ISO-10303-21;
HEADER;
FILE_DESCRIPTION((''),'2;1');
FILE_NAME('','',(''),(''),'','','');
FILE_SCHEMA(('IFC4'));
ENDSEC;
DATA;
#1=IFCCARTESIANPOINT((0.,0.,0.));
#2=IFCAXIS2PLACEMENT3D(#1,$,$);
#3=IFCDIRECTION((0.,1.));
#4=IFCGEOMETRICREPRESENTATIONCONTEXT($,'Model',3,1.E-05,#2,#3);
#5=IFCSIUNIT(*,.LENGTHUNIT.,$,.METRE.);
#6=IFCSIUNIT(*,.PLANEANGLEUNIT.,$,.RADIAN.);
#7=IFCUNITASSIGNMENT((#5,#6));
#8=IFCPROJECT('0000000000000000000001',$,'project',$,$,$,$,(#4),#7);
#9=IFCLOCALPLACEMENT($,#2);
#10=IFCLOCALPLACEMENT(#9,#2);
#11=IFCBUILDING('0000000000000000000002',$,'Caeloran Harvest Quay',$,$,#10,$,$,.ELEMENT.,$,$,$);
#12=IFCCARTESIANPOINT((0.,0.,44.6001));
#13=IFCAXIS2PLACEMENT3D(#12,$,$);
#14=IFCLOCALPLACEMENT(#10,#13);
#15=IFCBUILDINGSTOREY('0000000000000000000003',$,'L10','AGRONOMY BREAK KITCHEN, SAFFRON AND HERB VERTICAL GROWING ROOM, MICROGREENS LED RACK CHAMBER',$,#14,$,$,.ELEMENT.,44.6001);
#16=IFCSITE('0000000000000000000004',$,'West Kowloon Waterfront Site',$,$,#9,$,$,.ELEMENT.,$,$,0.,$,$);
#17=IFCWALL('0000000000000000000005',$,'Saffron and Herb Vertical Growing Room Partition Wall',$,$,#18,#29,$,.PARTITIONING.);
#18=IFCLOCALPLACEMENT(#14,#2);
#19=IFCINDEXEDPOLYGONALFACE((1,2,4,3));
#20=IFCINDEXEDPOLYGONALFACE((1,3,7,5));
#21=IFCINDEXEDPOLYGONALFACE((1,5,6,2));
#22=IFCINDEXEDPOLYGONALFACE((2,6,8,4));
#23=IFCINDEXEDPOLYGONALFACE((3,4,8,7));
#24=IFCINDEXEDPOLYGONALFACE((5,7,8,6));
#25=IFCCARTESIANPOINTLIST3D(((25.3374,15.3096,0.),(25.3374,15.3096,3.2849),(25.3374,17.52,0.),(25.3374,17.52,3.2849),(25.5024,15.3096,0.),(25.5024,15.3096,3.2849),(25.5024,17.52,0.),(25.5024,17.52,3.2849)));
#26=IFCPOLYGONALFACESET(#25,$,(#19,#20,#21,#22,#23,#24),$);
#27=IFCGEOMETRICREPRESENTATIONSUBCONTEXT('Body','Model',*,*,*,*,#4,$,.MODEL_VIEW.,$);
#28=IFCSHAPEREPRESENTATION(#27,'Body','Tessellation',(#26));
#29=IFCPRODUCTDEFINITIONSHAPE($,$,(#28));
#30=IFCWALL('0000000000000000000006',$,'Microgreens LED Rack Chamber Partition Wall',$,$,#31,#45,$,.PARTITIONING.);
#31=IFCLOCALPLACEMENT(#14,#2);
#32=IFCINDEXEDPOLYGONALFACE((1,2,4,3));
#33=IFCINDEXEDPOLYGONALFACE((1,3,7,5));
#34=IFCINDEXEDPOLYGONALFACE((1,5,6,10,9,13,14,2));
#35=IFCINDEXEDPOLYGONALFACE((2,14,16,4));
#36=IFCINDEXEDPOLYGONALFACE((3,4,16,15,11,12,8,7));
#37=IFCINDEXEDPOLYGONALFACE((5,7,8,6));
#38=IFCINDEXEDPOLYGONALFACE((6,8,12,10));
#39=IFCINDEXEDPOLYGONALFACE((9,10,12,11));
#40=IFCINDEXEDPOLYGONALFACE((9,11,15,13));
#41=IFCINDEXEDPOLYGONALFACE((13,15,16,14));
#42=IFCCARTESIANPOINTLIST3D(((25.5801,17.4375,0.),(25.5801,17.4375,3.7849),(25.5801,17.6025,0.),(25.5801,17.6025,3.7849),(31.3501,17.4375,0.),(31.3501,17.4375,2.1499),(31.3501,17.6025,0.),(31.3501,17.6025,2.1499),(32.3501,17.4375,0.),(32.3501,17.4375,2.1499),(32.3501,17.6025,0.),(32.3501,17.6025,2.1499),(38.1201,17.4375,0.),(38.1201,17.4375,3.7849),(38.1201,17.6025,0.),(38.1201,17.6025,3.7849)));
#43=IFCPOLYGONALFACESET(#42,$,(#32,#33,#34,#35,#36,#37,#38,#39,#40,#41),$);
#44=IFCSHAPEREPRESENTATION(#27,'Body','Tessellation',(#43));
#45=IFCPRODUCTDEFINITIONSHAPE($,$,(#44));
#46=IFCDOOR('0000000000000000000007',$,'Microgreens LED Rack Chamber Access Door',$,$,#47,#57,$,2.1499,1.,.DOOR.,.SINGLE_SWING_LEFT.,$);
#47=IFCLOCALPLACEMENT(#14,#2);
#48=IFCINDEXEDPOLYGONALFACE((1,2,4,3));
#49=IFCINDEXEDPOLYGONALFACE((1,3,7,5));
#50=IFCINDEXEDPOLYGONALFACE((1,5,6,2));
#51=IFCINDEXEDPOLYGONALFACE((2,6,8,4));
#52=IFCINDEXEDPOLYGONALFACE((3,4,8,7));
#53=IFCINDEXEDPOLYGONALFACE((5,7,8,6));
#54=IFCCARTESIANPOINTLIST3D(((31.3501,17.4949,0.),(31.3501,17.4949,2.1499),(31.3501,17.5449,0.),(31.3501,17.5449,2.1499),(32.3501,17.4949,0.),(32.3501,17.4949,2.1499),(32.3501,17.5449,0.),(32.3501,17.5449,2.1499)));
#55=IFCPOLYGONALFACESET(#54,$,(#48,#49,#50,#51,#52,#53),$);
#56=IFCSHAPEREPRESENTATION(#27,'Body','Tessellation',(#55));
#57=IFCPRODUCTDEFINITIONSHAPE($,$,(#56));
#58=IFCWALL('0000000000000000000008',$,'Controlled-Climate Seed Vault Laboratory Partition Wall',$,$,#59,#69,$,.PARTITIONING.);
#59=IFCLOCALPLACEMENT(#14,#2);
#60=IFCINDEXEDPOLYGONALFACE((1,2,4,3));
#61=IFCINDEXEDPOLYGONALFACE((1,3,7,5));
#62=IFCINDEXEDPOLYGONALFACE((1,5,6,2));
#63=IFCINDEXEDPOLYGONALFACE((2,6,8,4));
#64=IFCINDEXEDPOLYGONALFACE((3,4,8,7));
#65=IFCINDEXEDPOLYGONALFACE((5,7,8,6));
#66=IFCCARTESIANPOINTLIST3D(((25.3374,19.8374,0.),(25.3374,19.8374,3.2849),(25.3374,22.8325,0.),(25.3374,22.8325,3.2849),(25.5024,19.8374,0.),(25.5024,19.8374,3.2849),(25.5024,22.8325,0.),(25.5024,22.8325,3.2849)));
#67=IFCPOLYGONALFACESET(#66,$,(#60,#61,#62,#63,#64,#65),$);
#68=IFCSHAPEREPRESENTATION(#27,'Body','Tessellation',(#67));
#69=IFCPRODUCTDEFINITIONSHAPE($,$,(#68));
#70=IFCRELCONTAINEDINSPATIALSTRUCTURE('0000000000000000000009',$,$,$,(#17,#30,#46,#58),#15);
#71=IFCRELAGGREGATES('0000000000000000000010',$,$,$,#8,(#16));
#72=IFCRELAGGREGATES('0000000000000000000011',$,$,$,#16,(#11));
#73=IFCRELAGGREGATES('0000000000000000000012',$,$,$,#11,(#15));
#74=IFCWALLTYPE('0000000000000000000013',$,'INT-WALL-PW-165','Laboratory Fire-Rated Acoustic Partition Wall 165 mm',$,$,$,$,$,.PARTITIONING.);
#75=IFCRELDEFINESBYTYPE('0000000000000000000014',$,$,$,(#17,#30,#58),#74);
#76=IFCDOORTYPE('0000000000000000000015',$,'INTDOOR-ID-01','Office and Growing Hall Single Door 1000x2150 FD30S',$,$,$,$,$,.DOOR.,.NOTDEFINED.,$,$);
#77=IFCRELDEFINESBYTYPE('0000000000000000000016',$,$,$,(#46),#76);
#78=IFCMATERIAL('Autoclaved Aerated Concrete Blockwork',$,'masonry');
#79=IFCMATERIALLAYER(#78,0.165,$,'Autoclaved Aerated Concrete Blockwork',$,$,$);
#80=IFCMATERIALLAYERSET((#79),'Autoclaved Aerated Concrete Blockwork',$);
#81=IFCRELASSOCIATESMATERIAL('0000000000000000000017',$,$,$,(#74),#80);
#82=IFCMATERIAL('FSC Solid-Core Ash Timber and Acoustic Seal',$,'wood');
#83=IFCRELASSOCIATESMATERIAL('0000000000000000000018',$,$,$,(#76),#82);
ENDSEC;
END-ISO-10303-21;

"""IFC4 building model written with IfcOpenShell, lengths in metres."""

from ifc_helpers import new_model, si_unit, direction, frame, frame_2d, origin, place, context, subcontext, project, spatial, rectangle, extrude, material, layer, layer_set, type_object, element, fill, save


model = new_model("IFC4")

# Units and contexts
model_context = context("Model", 3, precision=1e-05, world=origin(), true_north=direction((0.0, 1.0)))
body_context = subcontext(model_context, "Body", "Model", "MODEL_VIEW")
ifc_project = project(units=[si_unit("LENGTHUNIT", "METRE"), si_unit("PLANEANGLEUNIT", "RADIAN")], contexts=[model_context])

# Site, building, storey
site_placement = place(None, origin())
site = spatial("IfcSite", under=ifc_project, at=site_placement, Name="West Kowloon Waterfront Site", CompositionType="ELEMENT", RefElevation=0.0)
building_placement = place(site_placement, origin())
building = spatial("IfcBuilding", under=site, at=building_placement, Name="Caeloran Harvest Quay", CompositionType="ELEMENT")
storey_placement = place(building_placement, frame((0.0, 0.0, 44.6001)))
storey = spatial("IfcBuildingStorey", under=building, at=storey_placement, Name="L10", Description="AGRONOMY BREAK KITCHEN, SAFFRON AND HERB VERTICAL GROWING ROOM, MICROGREENS LED RACK CHAMBER", CompositionType="ELEMENT", Elevation=44.6001)

# Wall
ifc_material_1 = material(Name="Autoclaved Aerated Concrete Blockwork", Category="masonry")
ifc_layer = layer(ifc_material_1, 0.165, Name="Autoclaved Aerated Concrete Blockwork")
ifc_layer_set = layer_set([ifc_layer], Name="Autoclaved Aerated Concrete Blockwork")
wall_type = type_object("IfcWallType", Name="INT-WALL-PW-165", Description="Laboratory Fire-Rated Acoustic Partition Wall 165 mm", PredefinedType="PARTITIONING", material=ifc_layer_set)
wall_1_placement = place(storey_placement, frame((25.4199, 17.52, 0.0), z_axis=(0.0, 0.0, 1.0), x_axis=(0.0, -1.0, 0.0)))
element("IfcWall", 1, at=wall_1_placement, inside=storey, type_object=wall_type, Name="Saffron and Herb Vertical Growing Room Partition Wall", PredefinedType="PARTITIONING", context=body_context, shape_type="SweptSolid", body=[
    extrude(rectangle(XDim=2.2104, YDim=0.165, at=frame_2d((1.1052, 0.0))), origin(), (0.0, 0.0, 1.0), 3.2849),
])

# Wall, opening, door
wall_2_placement = place(storey_placement, frame((25.5801, 17.52, 0.0), z_axis=(0.0, 0.0, 1.0), x_axis=(1.0, 0.0, 0.0)))
wall_2 = element("IfcWall", 2, at=wall_2_placement, inside=storey, type_object=wall_type, Name="Microgreens LED Rack Chamber Partition Wall", PredefinedType="PARTITIONING", context=body_context, shape_type="SweptSolid", body=[
    extrude(rectangle(XDim=12.54, YDim=0.165, at=frame_2d((6.27, 0.0))), origin(), (0.0, 0.0, 1.0), 3.7849),
])
opening_1_placement = place(wall_2_placement, frame((5.77, 0.0, 0.0)))
opening_1 = element("IfcOpeningElement", 3, at=opening_1_placement, cuts=wall_2, PredefinedType="OPENING", context=body_context, shape_type="SweptSolid", body=[
    extrude(rectangle(XDim=1.0, YDim=2.1499, at=frame_2d((0.5, 1.075))), frame((0.0, 0.0925, 0.0), z_axis=(0.0, -1.0, 0.0), x_axis=(1.0, 0.0, 0.0)), (0.0, 0.0, 1.0), 0.1851),
])
ifc_material_2 = material(Name="FSC Solid-Core Ash Timber and Acoustic Seal", Category="wood")
door_type = type_object("IfcDoorType", Name="INTDOOR-ID-01", Description="Office and Growing Hall Single Door 1000x2150 FD30S", OperationType="NOTDEFINED", PredefinedType="DOOR", material=ifc_material_2)
door_1_placement = place(opening_1_placement, origin())
door_1 = element("IfcDoor", 4, at=door_1_placement, inside=storey, type_object=door_type, Name="Microgreens LED Rack Chamber Access Door", OperationType="SINGLE_SWING_LEFT", OverallHeight=2.1499, OverallWidth=1.0, PredefinedType="DOOR", context=body_context, shape_type="SweptSolid", body=[
    extrude(rectangle(XDim=1.0, YDim=2.1499, at=frame_2d((0.5, 1.075))), frame((0.0, 0.0249, 0.0), z_axis=(0.0, -1.0, 0.0), x_axis=(1.0, 0.0, 0.0)), (0.0, 0.0, 1.0), 0.05),
])
fill(opening_1, door_1)

# Wall
wall_3_placement = place(storey_placement, frame((25.4199, 22.8325, 0.0), z_axis=(0.0, 0.0, 1.0), x_axis=(0.0, -1.0, 0.0)))
element("IfcWall", 5, at=wall_3_placement, inside=storey, type_object=wall_type, Name="Controlled-Climate Seed Vault Laboratory Partition Wall", PredefinedType="PARTITIONING", context=body_context, shape_type="SweptSolid", body=[
    extrude(rectangle(XDim=2.9951, YDim=0.165, at=frame_2d((1.4976, 0.0))), origin(), (0.0, 0.0, 1.0), 3.2849),
])

save(model, "model.ifc")
